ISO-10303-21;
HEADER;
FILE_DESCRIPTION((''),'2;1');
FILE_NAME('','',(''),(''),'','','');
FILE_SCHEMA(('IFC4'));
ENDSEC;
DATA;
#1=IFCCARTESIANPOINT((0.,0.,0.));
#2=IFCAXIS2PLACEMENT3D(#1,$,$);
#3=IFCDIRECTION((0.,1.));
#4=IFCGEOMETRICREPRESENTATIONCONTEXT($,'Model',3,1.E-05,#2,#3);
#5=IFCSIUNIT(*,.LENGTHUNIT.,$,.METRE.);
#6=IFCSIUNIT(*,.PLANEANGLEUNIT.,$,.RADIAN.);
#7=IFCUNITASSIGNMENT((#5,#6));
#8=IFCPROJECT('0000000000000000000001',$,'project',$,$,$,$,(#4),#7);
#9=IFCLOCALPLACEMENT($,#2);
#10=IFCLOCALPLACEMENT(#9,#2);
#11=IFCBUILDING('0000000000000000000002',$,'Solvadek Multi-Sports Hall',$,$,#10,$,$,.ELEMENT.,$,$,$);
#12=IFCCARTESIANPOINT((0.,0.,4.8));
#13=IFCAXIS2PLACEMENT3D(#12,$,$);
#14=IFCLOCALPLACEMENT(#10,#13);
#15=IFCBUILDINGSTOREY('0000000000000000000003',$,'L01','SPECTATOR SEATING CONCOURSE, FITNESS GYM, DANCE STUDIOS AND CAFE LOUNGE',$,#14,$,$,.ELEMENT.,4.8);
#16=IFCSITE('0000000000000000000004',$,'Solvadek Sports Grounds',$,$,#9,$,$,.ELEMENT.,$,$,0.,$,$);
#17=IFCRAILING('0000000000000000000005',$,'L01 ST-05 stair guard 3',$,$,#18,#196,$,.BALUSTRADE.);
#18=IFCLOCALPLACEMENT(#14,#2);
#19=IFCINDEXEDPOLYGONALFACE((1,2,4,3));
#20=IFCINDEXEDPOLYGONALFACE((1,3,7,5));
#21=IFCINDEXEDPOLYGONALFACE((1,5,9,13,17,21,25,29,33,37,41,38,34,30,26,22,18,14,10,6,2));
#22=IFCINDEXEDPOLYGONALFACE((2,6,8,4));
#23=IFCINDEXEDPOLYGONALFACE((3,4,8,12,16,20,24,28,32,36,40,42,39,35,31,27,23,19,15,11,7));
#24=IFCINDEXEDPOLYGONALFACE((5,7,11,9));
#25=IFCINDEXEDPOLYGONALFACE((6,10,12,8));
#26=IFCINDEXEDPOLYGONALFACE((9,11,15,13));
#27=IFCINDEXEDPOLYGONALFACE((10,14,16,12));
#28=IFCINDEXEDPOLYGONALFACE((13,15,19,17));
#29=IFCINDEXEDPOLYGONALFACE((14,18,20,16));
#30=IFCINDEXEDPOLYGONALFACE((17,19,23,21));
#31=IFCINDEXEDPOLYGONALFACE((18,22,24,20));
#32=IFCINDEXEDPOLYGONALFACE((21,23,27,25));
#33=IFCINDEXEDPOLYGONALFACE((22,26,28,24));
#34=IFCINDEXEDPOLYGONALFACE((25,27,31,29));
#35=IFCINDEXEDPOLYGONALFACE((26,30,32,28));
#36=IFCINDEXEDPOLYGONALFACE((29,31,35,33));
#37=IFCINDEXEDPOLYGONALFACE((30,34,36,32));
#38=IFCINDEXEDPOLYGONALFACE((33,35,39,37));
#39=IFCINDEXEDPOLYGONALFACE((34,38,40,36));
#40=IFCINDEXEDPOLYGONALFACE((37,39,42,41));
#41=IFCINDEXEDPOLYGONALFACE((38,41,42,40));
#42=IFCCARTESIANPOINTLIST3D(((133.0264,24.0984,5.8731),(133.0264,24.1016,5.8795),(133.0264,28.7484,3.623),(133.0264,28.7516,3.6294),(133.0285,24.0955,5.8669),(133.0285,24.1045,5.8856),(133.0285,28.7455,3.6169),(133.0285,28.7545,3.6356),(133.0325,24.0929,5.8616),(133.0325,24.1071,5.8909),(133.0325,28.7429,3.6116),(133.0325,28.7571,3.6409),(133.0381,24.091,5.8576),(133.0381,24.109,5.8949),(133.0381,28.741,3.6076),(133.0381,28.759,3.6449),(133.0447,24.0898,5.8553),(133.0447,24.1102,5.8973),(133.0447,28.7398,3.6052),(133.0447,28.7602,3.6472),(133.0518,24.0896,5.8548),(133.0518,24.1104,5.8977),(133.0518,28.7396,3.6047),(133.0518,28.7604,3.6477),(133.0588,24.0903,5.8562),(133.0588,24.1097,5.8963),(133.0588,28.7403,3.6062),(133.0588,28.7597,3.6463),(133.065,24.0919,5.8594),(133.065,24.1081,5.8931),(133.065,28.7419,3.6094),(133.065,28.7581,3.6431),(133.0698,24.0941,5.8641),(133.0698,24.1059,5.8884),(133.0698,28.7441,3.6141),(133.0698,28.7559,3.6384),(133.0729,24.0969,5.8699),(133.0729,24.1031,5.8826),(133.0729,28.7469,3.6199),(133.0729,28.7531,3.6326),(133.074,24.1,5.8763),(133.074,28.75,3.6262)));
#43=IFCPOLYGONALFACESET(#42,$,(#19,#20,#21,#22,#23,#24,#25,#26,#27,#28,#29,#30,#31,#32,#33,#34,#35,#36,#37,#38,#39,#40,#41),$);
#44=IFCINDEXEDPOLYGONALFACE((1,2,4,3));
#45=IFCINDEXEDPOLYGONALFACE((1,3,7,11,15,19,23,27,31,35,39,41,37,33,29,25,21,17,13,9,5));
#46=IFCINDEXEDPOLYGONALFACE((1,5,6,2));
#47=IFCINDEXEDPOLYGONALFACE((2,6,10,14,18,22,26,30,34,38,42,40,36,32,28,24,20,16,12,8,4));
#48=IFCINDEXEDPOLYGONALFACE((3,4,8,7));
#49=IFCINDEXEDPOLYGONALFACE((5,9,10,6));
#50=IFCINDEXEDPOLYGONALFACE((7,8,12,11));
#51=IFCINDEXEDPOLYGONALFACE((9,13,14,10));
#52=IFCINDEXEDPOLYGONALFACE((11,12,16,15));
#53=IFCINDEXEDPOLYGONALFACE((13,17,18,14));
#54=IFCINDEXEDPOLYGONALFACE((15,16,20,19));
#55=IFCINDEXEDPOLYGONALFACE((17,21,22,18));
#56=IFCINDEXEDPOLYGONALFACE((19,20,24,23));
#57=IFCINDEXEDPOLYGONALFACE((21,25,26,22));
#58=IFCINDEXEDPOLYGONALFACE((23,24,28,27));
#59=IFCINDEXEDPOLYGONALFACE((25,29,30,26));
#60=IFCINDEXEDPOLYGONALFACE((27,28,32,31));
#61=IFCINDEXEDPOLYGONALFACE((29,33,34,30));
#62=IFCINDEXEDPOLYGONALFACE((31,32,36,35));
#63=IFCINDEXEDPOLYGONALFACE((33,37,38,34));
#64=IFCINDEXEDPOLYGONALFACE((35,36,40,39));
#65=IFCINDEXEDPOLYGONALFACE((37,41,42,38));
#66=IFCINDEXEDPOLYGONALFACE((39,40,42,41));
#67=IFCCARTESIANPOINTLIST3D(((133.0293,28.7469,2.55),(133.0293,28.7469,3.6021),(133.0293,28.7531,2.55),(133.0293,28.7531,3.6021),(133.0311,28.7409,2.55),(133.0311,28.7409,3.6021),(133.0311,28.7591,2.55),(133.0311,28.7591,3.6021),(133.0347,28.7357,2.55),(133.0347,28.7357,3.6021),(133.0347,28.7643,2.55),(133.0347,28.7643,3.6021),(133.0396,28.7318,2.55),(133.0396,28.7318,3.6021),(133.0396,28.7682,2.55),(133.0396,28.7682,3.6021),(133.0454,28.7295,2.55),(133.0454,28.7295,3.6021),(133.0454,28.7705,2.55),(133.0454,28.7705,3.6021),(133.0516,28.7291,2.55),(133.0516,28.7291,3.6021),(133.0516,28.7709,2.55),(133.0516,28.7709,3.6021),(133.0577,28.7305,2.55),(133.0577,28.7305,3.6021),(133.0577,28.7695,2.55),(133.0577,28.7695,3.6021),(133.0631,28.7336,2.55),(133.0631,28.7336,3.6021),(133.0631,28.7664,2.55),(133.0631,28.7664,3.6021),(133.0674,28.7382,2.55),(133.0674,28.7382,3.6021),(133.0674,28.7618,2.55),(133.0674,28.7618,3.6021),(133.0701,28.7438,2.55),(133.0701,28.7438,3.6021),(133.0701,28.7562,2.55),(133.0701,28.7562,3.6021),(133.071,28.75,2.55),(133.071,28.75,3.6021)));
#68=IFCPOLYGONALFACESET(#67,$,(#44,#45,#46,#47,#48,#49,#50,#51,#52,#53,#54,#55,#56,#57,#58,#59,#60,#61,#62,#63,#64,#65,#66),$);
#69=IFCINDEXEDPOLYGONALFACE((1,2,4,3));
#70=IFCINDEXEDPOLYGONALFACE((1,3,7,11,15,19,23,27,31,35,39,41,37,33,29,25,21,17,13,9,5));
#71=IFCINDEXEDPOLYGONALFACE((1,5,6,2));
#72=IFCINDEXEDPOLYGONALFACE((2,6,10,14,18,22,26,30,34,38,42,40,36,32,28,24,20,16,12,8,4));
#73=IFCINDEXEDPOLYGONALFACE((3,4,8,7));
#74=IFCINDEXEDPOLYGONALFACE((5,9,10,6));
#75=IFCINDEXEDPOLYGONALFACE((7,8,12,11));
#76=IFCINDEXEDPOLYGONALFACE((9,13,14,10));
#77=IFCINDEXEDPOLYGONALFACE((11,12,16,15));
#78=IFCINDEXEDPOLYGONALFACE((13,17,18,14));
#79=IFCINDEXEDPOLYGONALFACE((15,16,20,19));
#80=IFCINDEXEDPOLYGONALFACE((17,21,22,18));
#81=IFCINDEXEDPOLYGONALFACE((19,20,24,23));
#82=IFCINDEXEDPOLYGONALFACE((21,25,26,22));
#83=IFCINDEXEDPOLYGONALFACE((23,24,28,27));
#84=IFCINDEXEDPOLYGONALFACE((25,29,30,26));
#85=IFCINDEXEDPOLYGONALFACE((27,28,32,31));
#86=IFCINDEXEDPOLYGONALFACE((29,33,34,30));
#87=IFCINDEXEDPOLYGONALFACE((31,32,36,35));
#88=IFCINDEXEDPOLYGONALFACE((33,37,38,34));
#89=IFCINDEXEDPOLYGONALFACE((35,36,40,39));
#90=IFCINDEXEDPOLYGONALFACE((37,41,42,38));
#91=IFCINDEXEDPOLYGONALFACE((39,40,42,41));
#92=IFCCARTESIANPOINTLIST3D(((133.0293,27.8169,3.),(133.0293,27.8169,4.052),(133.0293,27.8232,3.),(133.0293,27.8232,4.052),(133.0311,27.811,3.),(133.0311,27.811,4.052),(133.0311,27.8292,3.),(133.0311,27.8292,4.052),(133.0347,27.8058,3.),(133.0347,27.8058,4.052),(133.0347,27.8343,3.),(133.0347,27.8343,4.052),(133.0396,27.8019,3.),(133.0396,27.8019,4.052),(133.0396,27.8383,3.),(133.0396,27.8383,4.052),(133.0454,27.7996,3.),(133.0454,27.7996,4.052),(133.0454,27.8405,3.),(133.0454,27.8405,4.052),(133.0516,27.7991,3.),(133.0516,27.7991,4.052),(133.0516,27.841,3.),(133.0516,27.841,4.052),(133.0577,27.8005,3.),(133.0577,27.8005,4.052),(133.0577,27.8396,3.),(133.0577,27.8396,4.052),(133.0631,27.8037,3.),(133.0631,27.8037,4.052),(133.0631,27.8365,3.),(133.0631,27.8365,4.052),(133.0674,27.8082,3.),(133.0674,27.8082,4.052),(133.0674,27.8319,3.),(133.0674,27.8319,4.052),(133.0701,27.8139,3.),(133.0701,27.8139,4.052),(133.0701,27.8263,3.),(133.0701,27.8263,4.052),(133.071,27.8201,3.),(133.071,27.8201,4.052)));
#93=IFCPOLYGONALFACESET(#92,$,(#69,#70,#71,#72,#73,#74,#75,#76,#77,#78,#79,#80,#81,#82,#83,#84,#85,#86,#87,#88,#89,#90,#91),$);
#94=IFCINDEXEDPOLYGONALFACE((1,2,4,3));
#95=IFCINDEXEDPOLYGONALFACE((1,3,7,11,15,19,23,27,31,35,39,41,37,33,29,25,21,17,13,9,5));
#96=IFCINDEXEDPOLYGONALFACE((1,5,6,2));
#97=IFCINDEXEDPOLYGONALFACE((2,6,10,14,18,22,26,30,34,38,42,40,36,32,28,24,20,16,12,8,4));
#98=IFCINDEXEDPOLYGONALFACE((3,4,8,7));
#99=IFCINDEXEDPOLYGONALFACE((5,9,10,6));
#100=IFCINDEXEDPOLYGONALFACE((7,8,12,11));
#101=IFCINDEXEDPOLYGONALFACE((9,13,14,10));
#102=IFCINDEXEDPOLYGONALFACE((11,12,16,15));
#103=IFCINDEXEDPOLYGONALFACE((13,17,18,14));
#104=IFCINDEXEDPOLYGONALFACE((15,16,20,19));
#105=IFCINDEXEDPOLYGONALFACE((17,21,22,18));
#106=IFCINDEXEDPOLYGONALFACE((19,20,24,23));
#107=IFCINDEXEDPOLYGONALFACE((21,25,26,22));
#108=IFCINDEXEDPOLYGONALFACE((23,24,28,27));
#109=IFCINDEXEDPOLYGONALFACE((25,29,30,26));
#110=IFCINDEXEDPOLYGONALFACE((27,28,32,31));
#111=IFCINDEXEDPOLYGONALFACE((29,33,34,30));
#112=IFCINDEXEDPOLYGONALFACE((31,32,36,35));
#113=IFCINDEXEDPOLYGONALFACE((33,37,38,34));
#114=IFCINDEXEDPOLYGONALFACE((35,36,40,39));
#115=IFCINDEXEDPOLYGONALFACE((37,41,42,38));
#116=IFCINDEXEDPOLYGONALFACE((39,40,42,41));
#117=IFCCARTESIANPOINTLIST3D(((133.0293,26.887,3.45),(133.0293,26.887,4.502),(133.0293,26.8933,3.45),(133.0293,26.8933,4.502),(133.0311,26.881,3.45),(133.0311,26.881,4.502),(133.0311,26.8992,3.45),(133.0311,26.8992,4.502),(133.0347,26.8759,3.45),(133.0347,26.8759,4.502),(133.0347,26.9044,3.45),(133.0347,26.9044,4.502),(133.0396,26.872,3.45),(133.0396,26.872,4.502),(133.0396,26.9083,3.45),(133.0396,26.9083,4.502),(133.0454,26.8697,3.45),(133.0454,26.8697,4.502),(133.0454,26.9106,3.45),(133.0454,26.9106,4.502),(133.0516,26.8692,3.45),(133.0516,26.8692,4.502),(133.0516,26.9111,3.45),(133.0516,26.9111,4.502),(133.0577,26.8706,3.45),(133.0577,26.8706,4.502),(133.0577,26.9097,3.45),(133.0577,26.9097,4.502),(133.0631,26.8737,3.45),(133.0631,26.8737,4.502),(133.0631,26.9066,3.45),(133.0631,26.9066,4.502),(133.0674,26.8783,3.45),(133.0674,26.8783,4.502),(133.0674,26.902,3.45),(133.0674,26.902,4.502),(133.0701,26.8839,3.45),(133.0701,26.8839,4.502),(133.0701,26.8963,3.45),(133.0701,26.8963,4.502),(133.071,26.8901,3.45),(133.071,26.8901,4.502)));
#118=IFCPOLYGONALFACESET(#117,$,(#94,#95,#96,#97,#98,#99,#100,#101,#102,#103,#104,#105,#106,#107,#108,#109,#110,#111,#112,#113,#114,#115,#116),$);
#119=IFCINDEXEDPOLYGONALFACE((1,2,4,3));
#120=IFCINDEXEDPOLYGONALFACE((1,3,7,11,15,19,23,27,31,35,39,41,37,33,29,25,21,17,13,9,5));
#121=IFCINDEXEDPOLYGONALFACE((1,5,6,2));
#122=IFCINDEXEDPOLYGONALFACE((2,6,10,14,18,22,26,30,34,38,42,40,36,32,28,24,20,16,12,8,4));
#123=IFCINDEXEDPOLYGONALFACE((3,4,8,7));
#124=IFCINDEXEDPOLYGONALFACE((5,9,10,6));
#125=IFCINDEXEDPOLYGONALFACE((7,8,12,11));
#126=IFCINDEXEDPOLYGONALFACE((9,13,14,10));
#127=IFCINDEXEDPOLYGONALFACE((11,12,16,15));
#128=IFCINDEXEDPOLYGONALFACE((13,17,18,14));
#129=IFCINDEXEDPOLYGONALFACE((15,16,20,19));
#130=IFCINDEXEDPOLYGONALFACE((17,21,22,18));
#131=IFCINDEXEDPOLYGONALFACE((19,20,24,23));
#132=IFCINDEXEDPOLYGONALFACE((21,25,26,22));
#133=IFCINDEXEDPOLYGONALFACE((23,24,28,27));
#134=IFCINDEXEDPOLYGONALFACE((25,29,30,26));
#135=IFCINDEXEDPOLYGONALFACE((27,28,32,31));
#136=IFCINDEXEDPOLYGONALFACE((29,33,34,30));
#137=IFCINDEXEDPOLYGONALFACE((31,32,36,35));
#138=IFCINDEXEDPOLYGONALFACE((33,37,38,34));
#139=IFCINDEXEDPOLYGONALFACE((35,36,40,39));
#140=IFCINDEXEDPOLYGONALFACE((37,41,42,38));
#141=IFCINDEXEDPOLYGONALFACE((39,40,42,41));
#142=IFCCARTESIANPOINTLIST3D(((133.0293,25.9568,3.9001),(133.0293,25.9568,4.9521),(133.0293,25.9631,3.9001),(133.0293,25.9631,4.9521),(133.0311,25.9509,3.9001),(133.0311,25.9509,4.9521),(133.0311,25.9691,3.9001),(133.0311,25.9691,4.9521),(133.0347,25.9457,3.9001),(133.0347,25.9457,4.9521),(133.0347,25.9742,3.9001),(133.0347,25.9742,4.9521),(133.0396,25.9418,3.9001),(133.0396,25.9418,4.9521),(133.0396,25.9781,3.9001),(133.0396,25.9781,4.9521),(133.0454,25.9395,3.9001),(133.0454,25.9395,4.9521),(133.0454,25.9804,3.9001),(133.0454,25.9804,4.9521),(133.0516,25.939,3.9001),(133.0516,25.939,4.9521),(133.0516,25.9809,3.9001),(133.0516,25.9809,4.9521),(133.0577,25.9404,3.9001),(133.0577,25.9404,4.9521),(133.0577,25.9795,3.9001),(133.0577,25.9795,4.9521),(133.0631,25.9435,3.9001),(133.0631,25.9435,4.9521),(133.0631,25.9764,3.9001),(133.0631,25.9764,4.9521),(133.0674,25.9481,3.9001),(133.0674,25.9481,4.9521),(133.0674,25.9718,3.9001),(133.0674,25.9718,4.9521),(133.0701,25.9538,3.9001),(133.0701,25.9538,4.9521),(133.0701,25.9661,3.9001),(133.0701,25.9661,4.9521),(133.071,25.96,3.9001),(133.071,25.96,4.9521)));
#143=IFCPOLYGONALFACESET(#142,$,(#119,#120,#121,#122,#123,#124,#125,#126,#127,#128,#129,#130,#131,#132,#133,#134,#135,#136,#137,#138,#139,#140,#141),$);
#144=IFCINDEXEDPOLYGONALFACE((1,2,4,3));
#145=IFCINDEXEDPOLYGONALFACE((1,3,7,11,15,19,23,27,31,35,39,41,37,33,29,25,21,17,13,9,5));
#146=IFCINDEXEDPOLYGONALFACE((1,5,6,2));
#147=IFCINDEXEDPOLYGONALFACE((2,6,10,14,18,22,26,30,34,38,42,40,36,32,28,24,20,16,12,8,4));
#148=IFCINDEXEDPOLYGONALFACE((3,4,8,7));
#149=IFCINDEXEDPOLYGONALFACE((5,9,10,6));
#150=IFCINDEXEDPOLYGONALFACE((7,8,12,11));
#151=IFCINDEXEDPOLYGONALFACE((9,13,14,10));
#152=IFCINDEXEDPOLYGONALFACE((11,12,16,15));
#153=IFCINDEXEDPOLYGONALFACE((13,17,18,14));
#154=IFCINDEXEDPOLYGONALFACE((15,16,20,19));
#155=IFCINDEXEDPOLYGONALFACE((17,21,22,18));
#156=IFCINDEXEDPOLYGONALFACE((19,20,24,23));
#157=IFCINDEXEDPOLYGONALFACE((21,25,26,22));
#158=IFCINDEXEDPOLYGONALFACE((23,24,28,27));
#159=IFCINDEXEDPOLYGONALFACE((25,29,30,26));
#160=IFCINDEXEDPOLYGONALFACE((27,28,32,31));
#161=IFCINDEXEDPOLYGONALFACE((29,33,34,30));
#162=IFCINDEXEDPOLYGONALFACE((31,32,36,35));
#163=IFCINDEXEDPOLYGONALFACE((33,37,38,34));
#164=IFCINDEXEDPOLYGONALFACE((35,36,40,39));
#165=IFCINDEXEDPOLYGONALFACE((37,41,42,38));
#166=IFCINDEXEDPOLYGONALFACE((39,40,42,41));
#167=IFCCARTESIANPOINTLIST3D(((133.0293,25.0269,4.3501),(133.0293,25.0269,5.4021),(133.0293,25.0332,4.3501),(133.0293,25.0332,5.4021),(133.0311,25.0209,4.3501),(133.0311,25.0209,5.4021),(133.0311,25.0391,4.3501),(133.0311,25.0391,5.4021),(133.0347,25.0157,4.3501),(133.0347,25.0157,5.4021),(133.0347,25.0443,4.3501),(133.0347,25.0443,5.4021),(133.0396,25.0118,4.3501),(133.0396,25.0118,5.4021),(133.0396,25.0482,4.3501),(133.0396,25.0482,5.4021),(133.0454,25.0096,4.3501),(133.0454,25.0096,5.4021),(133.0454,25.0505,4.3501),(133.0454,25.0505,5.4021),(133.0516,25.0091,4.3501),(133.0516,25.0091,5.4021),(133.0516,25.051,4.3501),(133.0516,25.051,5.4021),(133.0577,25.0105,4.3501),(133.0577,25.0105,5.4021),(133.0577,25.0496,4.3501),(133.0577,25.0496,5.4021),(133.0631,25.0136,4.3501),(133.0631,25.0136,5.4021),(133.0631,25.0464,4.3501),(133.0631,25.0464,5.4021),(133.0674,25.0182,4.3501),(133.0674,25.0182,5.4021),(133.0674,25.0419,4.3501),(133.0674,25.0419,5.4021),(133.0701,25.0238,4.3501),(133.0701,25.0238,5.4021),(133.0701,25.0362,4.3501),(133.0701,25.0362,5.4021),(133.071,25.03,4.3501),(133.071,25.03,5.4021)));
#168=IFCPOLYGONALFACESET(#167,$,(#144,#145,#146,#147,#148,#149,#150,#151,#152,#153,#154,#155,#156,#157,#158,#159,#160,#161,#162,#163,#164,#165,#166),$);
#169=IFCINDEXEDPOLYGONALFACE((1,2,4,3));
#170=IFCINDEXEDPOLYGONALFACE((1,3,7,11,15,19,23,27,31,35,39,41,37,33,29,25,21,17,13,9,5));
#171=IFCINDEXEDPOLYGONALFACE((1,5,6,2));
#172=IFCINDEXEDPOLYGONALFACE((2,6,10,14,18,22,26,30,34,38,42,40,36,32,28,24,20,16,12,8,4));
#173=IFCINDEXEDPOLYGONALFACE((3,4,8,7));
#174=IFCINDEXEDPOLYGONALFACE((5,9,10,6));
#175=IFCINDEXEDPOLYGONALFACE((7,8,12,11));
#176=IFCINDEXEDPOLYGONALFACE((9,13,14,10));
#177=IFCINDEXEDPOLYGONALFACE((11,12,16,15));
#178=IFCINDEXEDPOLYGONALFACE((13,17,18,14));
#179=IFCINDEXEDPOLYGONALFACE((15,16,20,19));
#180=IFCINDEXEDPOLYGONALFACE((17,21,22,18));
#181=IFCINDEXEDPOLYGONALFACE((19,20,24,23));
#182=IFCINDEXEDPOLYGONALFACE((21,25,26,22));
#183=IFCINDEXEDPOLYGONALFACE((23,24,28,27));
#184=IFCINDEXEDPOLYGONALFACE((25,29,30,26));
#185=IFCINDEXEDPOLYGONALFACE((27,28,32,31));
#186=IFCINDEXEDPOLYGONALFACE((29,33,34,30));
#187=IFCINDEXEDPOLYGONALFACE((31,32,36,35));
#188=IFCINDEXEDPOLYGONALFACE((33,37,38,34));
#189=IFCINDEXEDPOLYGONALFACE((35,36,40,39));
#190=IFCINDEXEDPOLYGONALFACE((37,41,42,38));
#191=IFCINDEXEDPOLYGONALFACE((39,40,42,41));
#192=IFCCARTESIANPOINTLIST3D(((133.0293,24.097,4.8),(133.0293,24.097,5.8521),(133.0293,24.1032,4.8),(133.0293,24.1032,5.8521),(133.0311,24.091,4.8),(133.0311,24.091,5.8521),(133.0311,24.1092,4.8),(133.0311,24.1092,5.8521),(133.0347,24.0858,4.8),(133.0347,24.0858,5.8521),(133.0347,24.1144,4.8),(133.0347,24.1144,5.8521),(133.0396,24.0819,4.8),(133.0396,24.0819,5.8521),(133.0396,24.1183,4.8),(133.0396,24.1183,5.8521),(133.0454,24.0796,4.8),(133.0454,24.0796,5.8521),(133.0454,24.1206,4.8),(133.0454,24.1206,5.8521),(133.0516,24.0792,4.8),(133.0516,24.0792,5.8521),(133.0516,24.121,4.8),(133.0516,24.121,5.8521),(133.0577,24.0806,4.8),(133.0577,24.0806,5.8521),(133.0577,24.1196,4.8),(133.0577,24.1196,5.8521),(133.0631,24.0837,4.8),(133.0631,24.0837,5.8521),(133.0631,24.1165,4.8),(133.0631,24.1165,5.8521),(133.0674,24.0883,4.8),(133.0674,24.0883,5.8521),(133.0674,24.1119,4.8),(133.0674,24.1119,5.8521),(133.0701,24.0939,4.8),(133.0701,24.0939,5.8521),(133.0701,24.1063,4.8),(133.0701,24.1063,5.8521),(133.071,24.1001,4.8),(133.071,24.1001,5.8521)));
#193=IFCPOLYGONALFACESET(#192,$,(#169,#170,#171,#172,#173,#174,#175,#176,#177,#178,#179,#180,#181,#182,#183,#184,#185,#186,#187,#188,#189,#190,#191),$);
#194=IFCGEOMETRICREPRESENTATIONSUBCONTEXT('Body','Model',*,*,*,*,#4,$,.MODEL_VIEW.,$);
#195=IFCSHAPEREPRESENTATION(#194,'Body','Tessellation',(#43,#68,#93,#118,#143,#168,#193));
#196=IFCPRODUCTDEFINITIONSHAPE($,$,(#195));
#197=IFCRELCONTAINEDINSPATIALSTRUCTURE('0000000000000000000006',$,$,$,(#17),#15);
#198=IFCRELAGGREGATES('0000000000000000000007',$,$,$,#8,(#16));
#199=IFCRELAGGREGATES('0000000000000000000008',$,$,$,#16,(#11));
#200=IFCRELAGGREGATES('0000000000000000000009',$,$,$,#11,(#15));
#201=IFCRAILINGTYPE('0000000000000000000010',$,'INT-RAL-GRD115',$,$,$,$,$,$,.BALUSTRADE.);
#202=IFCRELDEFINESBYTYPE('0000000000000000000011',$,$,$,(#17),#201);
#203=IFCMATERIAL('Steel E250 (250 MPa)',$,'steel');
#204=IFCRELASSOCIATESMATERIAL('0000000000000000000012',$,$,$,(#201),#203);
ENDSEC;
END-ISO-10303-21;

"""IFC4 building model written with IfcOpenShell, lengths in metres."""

from ifc_helpers import new_model, si_unit, direction, frame, origin, origin_2d, place, context, subcontext, project, spatial, circle, extrude, material, type_object, element, save


model = new_model("IFC4")

# Units and contexts
model_context = context("Model", 3, precision=1e-05, world=origin(), true_north=direction((0.0, 1.0)))
body_context = subcontext(model_context, "Body", "Model", "MODEL_VIEW")
ifc_project = project(units=[si_unit("LENGTHUNIT", "METRE"), si_unit("PLANEANGLEUNIT", "RADIAN")], contexts=[model_context])

# Site, building, storey
site_placement = place(None, origin())
site = spatial("IfcSite", under=ifc_project, at=site_placement, Name="Solvadek Sports Grounds", CompositionType="ELEMENT", RefElevation=0.0)
building_placement = place(site_placement, origin())
building = spatial("IfcBuilding", under=site, at=building_placement, Name="Solvadek Multi-Sports Hall", CompositionType="ELEMENT")
storey_placement = place(building_placement, frame((0.0, 0.0, 4.8)))
storey = spatial("IfcBuildingStorey", under=building, at=storey_placement, Name="L01", Description="SPECTATOR SEATING CONCOURSE, FITNESS GYM, DANCE STUDIOS AND CAFE LOUNGE", CompositionType="ELEMENT", Elevation=4.8)

# Shared definitions
ifc_material_1 = material(Name="Steel E250 (250 MPa)", Category="steel")

# Railing
railing_type_1 = type_object("IfcRailingType", Name="INT-RAL-GRD115", PredefinedType="BALUSTRADE", material=ifc_material_1)
railing_1_placement = place(storey_placement, frame((133.05, 28.75, 2.55)))
element("IfcRailing", 1, at=railing_1_placement, inside=storey, type_object=railing_type_1, Name="L01 ST-05 stair guard 3", PredefinedType="BALUSTRADE", context=body_context, shape_type="SweptSolid", body=[
    extrude(circle(Radius=0.0239, at=origin_2d()), frame((0.0, 0.0, 1.0762), z_axis=(0.0, -0.900156, 0.435568), x_axis=(1.0, 0.0, 0.0)), (0.0, 0.0, 1.0), 5.1658),
    extrude(circle(Radius=0.021, at=origin_2d()), origin(), (0.0, 0.0, 1.0), 1.052),
    extrude(circle(Radius=0.021, at=origin_2d()), frame((0.0, -0.9299, 0.45)), (0.0, 0.0, 1.0), 1.052),
    extrude(circle(Radius=0.021, at=origin_2d()), frame((0.0, -1.8599, 0.8999)), (0.0, 0.0, 1.0), 1.052),
    extrude(circle(Radius=0.021, at=origin_2d()), frame((0.0, -2.79, 1.3501)), (0.0, 0.0, 1.0), 1.052),
    extrude(circle(Radius=0.021, at=origin_2d()), frame((0.0, -3.72, 1.8)), (0.0, 0.0, 1.0), 1.052),
    extrude(circle(Radius=0.021, at=origin_2d()), frame((0.0, -4.6499, 2.25)), (0.0, 0.0, 1.0), 1.052),
])

save(model, "model.ifc")
